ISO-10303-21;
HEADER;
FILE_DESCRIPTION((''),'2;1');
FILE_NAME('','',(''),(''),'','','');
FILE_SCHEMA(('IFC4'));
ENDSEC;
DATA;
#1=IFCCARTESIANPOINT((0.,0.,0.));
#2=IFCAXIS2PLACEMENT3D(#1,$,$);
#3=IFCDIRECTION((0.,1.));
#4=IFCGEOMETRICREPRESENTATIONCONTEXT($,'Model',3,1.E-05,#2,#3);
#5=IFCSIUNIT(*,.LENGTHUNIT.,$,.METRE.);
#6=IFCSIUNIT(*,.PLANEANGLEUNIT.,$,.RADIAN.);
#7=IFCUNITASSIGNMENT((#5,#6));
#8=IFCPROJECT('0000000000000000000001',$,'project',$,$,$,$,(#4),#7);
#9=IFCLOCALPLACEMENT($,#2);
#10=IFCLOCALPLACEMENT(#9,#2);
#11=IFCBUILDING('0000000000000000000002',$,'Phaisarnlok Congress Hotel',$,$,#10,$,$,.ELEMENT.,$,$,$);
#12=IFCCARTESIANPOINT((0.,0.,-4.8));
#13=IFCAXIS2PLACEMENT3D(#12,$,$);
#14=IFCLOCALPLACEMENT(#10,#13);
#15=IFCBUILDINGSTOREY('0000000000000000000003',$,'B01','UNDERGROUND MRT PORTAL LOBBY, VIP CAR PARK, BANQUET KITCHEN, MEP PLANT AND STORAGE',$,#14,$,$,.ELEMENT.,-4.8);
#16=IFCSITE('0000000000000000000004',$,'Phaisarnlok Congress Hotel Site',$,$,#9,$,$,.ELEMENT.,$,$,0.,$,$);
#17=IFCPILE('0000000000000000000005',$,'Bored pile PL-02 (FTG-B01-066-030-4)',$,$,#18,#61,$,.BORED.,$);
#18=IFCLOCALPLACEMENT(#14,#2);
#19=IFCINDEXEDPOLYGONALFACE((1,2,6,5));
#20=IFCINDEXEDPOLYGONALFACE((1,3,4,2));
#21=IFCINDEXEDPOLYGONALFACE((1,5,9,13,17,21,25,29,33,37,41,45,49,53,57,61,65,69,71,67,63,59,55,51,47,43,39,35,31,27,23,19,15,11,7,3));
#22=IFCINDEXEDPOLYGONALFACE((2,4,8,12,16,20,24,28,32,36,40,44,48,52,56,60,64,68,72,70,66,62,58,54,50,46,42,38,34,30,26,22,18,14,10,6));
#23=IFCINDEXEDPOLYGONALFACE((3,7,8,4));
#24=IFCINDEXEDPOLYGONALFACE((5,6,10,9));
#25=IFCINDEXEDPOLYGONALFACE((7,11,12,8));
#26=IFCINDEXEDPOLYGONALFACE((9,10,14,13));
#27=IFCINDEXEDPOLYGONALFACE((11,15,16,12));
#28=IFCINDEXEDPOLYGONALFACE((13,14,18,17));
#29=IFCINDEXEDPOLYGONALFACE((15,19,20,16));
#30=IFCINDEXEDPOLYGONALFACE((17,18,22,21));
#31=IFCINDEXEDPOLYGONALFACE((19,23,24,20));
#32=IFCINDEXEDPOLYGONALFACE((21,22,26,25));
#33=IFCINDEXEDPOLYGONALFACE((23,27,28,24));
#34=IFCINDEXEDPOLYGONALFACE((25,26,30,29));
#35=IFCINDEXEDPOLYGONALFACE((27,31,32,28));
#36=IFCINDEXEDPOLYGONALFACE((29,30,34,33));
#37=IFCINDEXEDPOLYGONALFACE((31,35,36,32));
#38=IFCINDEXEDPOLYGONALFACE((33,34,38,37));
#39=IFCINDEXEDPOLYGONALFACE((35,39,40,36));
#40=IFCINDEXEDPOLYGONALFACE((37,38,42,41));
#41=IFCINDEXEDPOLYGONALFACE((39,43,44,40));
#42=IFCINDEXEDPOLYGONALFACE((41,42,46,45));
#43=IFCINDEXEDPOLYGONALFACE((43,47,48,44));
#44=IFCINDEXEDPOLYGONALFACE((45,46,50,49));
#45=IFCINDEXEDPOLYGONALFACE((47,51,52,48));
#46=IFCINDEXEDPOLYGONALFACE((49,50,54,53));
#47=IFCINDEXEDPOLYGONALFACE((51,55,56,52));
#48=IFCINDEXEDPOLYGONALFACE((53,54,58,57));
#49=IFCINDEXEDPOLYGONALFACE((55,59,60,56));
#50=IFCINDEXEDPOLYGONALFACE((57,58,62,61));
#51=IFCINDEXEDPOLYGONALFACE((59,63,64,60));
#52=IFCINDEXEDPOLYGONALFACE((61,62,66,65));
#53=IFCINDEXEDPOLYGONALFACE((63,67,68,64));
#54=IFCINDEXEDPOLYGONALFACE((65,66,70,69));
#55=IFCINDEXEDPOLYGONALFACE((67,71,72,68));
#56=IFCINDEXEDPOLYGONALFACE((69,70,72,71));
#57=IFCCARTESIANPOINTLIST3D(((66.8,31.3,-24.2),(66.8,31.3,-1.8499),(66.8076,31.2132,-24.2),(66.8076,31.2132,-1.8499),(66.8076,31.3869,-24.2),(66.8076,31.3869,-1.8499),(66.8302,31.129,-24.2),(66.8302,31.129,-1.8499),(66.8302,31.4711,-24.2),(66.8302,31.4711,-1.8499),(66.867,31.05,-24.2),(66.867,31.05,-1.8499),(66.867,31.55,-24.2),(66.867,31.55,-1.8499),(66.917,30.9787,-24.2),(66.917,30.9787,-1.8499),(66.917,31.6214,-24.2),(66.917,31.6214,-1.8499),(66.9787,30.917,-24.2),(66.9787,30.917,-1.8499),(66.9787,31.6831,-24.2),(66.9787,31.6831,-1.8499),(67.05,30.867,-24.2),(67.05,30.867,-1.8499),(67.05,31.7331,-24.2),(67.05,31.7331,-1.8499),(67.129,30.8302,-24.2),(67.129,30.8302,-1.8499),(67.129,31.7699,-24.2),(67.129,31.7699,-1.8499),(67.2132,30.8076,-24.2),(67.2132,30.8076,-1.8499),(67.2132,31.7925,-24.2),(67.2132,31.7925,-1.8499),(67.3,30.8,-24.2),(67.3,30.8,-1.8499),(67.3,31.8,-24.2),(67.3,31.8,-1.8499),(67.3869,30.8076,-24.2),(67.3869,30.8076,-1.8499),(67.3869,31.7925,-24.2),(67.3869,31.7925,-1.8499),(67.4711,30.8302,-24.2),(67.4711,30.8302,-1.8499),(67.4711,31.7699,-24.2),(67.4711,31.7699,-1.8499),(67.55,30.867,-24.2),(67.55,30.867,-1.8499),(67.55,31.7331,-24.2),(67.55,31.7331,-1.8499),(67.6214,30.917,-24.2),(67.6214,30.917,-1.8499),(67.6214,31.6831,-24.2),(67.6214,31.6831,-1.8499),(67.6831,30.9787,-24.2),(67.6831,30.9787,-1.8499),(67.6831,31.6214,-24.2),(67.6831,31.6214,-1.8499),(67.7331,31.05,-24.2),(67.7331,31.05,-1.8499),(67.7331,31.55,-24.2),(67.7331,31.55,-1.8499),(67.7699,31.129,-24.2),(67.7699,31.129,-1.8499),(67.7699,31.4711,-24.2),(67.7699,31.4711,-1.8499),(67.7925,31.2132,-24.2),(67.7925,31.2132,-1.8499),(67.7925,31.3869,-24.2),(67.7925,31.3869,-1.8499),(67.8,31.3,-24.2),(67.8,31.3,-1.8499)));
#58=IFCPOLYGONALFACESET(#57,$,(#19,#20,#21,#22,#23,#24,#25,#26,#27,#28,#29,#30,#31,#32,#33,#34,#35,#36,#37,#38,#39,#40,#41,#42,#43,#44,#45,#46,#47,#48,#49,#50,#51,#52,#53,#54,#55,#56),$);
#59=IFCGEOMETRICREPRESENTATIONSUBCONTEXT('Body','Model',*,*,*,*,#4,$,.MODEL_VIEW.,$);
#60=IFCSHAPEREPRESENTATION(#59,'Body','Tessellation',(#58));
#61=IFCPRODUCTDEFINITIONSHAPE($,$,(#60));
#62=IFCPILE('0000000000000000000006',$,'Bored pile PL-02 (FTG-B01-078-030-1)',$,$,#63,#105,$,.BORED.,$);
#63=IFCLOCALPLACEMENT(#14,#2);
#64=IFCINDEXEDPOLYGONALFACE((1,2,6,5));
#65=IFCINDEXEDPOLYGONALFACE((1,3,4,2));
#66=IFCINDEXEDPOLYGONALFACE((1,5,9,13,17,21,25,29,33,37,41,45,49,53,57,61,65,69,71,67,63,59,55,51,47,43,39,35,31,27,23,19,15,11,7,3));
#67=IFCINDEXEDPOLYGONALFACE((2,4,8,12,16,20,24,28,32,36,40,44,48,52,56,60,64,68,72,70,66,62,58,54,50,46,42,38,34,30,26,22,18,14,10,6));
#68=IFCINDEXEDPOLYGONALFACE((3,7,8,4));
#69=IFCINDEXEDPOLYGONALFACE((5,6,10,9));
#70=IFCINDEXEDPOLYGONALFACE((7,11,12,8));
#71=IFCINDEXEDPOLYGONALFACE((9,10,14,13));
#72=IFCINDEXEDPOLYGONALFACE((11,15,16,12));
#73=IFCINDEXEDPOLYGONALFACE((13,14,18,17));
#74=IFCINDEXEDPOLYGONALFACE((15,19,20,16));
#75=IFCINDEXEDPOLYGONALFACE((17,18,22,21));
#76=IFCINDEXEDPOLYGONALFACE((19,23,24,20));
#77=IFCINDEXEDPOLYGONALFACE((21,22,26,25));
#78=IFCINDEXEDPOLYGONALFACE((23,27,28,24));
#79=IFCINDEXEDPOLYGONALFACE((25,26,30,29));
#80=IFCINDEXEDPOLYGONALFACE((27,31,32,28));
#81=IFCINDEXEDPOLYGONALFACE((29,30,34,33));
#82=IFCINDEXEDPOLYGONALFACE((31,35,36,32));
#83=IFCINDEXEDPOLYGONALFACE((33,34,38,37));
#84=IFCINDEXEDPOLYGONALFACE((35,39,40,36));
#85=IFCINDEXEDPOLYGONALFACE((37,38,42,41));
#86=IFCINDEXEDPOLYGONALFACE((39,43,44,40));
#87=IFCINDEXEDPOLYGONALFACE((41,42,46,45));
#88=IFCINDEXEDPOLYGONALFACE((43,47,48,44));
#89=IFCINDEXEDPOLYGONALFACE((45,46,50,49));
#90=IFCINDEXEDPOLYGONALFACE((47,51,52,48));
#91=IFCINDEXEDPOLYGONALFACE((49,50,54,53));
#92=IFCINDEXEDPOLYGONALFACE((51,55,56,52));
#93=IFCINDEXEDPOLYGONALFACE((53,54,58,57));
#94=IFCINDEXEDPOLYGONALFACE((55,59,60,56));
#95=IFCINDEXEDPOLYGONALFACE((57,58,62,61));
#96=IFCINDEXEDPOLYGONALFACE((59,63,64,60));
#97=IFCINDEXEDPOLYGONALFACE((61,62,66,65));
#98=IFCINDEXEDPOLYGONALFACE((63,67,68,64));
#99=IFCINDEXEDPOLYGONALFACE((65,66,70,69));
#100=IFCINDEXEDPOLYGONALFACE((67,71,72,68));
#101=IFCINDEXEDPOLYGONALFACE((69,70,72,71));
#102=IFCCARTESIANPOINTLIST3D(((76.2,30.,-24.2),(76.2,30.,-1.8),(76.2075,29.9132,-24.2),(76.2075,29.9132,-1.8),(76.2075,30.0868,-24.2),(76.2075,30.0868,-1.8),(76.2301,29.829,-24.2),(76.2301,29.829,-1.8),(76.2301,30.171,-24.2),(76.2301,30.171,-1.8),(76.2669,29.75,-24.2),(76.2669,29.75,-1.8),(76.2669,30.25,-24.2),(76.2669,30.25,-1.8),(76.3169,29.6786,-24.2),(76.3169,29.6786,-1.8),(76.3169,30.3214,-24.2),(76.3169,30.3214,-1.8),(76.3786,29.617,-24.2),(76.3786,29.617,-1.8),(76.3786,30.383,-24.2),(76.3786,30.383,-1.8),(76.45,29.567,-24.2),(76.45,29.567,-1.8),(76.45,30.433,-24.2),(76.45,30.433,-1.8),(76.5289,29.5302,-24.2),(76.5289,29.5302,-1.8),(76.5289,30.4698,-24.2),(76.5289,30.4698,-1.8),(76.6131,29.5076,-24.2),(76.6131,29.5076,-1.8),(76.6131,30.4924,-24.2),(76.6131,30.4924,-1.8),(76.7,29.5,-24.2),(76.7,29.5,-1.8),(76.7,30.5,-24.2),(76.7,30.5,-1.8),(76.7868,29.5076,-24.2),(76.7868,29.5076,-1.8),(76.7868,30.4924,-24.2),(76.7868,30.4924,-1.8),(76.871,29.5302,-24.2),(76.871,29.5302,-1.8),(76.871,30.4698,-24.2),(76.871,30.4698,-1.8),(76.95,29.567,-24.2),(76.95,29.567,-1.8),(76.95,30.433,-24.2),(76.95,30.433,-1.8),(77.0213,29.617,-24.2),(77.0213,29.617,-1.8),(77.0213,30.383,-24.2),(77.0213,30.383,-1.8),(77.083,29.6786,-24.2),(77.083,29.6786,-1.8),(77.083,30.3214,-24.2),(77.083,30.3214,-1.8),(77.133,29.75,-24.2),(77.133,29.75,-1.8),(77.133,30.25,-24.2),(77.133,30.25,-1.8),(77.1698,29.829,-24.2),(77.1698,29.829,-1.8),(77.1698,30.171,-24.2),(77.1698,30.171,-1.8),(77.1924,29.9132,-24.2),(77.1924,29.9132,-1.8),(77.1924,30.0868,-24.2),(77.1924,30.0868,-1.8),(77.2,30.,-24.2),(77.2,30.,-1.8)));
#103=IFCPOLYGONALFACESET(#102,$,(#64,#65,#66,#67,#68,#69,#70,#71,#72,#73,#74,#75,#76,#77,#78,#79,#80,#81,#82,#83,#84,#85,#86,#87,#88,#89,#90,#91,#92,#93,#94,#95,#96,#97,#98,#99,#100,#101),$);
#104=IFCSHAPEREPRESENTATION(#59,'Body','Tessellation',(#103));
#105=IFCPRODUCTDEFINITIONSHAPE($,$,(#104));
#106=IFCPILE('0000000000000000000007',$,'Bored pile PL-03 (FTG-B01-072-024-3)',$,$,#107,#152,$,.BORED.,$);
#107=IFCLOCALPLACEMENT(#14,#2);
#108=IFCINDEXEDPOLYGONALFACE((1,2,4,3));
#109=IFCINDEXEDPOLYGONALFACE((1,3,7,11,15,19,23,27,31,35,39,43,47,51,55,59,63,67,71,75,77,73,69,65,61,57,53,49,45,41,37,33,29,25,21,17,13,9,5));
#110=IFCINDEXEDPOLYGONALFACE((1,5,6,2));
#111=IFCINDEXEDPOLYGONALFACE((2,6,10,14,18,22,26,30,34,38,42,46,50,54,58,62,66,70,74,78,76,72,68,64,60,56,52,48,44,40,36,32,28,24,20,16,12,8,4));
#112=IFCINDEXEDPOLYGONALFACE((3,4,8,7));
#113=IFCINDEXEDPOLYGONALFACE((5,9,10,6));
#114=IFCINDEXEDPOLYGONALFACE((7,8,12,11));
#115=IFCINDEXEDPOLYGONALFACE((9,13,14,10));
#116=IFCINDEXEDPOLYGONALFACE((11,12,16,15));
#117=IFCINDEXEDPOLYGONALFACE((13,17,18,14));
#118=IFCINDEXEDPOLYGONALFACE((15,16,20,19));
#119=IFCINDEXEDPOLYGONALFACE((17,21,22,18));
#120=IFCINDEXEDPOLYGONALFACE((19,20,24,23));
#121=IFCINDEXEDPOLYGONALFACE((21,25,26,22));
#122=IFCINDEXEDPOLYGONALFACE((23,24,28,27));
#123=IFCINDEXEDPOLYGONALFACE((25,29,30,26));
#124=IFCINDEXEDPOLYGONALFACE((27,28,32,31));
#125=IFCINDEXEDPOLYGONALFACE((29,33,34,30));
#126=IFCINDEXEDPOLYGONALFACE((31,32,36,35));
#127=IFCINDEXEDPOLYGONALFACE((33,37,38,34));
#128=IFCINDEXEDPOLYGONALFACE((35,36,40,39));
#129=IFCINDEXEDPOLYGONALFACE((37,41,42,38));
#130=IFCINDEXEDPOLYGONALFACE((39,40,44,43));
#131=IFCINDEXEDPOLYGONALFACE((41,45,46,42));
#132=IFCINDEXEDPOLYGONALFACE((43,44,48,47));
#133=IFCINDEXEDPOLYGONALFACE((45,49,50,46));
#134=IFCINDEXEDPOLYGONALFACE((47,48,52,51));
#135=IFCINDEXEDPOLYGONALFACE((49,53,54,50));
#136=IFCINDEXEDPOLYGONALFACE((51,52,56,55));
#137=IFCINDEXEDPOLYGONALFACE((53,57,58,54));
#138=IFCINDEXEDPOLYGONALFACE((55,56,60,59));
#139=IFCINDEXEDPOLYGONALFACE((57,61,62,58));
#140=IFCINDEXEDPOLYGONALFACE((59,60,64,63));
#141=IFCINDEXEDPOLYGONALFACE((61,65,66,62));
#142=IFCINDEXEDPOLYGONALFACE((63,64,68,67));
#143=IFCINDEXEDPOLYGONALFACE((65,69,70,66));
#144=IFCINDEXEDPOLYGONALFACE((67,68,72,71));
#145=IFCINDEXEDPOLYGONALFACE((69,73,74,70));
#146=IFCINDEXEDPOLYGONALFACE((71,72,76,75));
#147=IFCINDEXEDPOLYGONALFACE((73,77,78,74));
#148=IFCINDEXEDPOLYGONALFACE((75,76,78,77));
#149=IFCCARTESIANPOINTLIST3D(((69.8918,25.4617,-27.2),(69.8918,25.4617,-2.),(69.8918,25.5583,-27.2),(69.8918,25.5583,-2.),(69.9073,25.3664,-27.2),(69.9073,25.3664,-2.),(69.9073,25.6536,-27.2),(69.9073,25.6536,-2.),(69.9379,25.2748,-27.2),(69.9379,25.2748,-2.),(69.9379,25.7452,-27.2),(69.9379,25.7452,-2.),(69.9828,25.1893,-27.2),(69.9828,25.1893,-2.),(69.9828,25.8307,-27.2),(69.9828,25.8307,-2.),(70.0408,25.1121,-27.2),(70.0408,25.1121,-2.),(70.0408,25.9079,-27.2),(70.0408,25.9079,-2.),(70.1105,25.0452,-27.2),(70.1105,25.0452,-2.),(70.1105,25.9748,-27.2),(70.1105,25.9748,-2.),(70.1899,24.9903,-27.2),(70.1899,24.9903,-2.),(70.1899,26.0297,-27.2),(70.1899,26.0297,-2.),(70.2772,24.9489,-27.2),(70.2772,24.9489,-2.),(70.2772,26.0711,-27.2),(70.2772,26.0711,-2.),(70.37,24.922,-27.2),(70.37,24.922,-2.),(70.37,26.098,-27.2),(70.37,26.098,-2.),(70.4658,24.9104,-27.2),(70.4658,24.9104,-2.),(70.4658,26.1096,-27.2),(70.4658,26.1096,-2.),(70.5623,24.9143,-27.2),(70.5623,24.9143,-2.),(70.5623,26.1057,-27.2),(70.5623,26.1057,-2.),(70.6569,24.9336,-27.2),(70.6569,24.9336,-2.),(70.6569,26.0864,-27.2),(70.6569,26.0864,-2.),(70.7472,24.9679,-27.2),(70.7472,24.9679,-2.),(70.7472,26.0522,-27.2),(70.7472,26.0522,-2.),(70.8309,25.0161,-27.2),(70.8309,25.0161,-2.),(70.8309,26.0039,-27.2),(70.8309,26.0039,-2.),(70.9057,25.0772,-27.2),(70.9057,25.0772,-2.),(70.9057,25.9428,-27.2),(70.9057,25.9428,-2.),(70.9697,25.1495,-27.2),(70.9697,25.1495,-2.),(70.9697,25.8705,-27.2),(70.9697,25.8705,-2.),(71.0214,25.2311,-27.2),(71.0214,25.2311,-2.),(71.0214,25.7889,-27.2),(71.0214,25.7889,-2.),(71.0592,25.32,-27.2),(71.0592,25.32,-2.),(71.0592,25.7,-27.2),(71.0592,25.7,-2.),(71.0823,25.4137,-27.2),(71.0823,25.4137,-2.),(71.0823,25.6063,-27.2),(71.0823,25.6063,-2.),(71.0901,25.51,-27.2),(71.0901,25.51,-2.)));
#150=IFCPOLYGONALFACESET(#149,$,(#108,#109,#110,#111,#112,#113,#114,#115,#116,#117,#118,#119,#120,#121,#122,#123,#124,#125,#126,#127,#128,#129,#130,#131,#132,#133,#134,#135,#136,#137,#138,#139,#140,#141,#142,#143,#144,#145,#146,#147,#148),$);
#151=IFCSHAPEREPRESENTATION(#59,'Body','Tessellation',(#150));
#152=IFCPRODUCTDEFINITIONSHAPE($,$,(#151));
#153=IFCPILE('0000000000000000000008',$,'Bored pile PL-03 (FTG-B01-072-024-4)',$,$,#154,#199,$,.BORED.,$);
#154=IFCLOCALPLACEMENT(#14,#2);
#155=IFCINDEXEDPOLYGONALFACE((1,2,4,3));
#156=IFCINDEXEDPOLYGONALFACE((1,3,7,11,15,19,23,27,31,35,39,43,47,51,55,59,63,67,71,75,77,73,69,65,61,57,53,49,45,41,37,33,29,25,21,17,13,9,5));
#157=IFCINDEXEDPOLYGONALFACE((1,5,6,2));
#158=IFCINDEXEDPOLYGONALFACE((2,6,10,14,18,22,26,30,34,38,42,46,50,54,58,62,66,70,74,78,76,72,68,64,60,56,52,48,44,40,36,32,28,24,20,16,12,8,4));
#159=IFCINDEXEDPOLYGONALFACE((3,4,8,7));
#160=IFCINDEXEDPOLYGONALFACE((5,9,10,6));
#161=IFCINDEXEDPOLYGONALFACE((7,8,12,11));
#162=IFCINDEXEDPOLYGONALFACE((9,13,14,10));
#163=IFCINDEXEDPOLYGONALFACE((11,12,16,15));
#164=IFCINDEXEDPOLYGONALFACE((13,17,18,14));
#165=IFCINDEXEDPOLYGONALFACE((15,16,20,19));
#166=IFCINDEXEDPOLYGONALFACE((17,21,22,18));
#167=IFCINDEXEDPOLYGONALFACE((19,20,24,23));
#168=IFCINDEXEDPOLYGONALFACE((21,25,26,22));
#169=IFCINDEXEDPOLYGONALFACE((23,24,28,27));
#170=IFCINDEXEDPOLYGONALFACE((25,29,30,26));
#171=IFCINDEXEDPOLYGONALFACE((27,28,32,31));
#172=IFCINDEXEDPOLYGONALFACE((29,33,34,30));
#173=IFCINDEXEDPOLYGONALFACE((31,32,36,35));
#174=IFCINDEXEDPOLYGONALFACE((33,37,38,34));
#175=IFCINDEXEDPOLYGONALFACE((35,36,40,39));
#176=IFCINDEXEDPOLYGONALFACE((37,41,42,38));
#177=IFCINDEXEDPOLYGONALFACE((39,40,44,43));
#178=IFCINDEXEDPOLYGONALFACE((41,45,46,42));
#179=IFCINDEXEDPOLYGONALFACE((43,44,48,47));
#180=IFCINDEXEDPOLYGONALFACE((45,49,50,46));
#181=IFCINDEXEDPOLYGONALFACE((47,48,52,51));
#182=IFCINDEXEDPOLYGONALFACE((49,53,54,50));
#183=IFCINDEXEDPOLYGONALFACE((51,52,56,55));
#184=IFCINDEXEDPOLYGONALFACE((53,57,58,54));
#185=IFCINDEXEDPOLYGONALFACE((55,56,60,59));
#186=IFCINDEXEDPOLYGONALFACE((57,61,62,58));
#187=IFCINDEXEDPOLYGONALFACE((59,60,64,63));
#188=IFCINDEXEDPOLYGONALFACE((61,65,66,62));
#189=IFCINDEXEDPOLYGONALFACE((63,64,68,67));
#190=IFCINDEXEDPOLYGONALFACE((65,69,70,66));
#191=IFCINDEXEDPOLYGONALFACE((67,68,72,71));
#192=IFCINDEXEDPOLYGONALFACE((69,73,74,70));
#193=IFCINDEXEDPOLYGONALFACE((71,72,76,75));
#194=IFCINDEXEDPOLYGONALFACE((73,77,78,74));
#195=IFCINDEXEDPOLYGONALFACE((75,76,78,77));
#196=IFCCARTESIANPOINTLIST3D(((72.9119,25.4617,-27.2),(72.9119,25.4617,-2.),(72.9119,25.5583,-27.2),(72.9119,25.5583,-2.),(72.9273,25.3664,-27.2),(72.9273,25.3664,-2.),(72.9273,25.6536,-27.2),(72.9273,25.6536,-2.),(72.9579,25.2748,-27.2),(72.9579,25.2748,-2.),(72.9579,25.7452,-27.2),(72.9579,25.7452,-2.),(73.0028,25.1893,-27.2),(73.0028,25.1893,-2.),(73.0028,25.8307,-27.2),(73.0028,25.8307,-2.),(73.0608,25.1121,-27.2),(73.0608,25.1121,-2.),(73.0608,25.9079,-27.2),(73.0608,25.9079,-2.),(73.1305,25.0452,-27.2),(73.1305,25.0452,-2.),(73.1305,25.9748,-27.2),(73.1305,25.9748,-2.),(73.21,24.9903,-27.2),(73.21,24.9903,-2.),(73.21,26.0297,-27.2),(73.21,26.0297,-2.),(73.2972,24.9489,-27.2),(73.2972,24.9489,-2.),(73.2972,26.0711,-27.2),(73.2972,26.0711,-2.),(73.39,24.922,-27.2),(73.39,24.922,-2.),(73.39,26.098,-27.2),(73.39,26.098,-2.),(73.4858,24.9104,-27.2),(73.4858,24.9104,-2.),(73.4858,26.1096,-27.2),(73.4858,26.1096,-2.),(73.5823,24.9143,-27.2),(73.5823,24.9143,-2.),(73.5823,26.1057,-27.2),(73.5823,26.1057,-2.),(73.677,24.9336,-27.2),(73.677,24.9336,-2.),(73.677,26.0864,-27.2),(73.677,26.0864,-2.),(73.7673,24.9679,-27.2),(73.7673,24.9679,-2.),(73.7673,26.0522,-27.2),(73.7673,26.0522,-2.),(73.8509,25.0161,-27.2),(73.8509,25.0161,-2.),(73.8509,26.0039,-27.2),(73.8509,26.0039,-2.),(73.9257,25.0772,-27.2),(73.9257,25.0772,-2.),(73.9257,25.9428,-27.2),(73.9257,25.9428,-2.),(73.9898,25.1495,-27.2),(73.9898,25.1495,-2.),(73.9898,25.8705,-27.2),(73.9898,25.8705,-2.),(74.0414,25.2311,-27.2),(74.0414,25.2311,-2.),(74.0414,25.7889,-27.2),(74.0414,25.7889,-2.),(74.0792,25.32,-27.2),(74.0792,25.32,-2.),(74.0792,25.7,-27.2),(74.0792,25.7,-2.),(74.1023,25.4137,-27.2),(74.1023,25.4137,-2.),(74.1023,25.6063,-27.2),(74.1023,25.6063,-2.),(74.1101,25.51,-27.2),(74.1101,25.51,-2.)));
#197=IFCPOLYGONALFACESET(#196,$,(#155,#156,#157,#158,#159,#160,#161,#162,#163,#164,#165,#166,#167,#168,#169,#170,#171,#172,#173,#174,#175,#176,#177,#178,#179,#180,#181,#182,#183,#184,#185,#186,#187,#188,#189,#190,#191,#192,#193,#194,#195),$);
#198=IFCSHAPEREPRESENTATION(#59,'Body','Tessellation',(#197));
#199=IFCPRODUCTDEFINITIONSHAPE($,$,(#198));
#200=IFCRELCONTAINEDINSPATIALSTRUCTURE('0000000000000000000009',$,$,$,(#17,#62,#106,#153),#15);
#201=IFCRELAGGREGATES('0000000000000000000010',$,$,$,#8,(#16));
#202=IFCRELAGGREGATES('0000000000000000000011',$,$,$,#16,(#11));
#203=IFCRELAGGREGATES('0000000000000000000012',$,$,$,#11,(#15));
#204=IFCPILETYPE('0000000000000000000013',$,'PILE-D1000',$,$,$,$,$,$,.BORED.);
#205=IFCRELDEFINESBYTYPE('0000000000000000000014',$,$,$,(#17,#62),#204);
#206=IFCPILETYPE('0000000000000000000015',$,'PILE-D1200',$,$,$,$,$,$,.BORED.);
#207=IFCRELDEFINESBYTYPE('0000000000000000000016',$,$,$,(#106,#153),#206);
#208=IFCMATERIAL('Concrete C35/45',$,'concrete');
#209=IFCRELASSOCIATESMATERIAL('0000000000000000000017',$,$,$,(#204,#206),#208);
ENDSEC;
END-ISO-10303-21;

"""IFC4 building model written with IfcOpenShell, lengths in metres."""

from ifc_helpers import new_model, si_unit, direction, frame, origin, origin_2d, place, context, subcontext, project, spatial, circle, extrude, material, material_profile, profile_set, type_object, element, save


model = new_model("IFC4")

# Units and contexts
model_context = context("Model", 3, precision=1e-05, world=origin(), true_north=direction((0.0, 1.0)))
body_context = subcontext(model_context, "Body", "Model", "MODEL_VIEW")
ifc_project = project(units=[si_unit("LENGTHUNIT", "METRE"), si_unit("PLANEANGLEUNIT", "RADIAN")], contexts=[model_context])

# Site, building, storey
site_placement = place(None, origin())
site = spatial("IfcSite", under=ifc_project, at=site_placement, Name="Phaisarnlok Congress Hotel Site", CompositionType="ELEMENT", RefElevation=0.0)
building_placement = place(site_placement, origin())
building = spatial("IfcBuilding", under=site, at=building_placement, Name="Phaisarnlok Congress Hotel", CompositionType="ELEMENT")
storey_placement = place(building_placement, frame((0.0, 0.0, -4.8)))
storey = spatial("IfcBuildingStorey", under=building, at=storey_placement, Name="B01", Description="UNDERGROUND MRT PORTAL LOBBY, VIP CAR PARK, BANQUET KITCHEN, MEP PLANT AND STORAGE", CompositionType="ELEMENT", Elevation=-4.8)

# Piles
ifc_material_1 = material(Name="Concrete C35/45", Category="concrete")
ifc_material_profile_1 = material_profile(ifc_material_1, circle(Radius=0.5, at=origin_2d()), Name="BORED PILE D1000")
ifc_profile_set_1 = profile_set([ifc_material_profile_1], Name="Concrete C35/45")
pile_type_1 = type_object("IfcPileType", Name="PILE-D1000", PredefinedType="BORED", material=ifc_profile_set_1)
for number, where, z_axis, x_axis, name in (
    (1, (67.3, 31.3, -1.8499), (0.0, 0.0, -1.0), (1.0, 0.0, 0.0), "Bored pile PL-02 (FTG-B01-066-030-4)"),
):
    element("IfcPile", number, at=place(storey_placement, frame(where, z_axis=z_axis, x_axis=x_axis)), inside=storey, type_object=pile_type_1, Name=name, PredefinedType="BORED", context=body_context, shape_type="SweptSolid", body=[
        extrude(circle(Radius=0.5, at=origin_2d()), origin(), (0.0, 0.0, 1.0), 22.3501),
    ])
pile_1_placement = place(storey_placement, frame((76.7, 30.0, -1.8), z_axis=(0.0, 0.0, -1.0), x_axis=(1.0, 0.0, 0.0)))
element("IfcPile", 2, at=pile_1_placement, inside=storey, type_object=pile_type_1, Name="Bored pile PL-02 (FTG-B01-078-030-1)", PredefinedType="BORED", context=body_context, shape_type="SweptSolid", body=[
    extrude(circle(Radius=0.5, at=origin_2d()), origin(), (0.0, 0.0, 1.0), 22.3999),
])
ifc_material_profile_2 = material_profile(ifc_material_1, circle(Radius=0.6001, at=origin_2d()), Name="BORED PILE D1200")
ifc_profile_set_2 = profile_set([ifc_material_profile_2], Name="Concrete C35/45")
pile_type_2 = type_object("IfcPileType", Name="PILE-D1200", PredefinedType="BORED", material=ifc_profile_set_2)
for number, where, z_axis, x_axis, name in (
    (3, (70.49, 25.51, -2.0), (0.0, 0.0, -1.0), (1.0, 0.0, 0.0), "Bored pile PL-03 (FTG-B01-072-024-3)"),
    (4, (73.51, 25.51, -2.0), (0.0, 0.0, -1.0), (1.0, 0.0, 0.0), "Bored pile PL-03 (FTG-B01-072-024-4)"),
):
    element("IfcPile", number, at=place(storey_placement, frame(where, z_axis=z_axis, x_axis=x_axis)), inside=storey, type_object=pile_type_2, Name=name, PredefinedType="BORED", context=body_context, shape_type="SweptSolid", body=[
        extrude(circle(Radius=0.6001, at=origin_2d()), origin(), (0.0, 0.0, 1.0), 25.2),
    ])

save(model, "model.ifc")
